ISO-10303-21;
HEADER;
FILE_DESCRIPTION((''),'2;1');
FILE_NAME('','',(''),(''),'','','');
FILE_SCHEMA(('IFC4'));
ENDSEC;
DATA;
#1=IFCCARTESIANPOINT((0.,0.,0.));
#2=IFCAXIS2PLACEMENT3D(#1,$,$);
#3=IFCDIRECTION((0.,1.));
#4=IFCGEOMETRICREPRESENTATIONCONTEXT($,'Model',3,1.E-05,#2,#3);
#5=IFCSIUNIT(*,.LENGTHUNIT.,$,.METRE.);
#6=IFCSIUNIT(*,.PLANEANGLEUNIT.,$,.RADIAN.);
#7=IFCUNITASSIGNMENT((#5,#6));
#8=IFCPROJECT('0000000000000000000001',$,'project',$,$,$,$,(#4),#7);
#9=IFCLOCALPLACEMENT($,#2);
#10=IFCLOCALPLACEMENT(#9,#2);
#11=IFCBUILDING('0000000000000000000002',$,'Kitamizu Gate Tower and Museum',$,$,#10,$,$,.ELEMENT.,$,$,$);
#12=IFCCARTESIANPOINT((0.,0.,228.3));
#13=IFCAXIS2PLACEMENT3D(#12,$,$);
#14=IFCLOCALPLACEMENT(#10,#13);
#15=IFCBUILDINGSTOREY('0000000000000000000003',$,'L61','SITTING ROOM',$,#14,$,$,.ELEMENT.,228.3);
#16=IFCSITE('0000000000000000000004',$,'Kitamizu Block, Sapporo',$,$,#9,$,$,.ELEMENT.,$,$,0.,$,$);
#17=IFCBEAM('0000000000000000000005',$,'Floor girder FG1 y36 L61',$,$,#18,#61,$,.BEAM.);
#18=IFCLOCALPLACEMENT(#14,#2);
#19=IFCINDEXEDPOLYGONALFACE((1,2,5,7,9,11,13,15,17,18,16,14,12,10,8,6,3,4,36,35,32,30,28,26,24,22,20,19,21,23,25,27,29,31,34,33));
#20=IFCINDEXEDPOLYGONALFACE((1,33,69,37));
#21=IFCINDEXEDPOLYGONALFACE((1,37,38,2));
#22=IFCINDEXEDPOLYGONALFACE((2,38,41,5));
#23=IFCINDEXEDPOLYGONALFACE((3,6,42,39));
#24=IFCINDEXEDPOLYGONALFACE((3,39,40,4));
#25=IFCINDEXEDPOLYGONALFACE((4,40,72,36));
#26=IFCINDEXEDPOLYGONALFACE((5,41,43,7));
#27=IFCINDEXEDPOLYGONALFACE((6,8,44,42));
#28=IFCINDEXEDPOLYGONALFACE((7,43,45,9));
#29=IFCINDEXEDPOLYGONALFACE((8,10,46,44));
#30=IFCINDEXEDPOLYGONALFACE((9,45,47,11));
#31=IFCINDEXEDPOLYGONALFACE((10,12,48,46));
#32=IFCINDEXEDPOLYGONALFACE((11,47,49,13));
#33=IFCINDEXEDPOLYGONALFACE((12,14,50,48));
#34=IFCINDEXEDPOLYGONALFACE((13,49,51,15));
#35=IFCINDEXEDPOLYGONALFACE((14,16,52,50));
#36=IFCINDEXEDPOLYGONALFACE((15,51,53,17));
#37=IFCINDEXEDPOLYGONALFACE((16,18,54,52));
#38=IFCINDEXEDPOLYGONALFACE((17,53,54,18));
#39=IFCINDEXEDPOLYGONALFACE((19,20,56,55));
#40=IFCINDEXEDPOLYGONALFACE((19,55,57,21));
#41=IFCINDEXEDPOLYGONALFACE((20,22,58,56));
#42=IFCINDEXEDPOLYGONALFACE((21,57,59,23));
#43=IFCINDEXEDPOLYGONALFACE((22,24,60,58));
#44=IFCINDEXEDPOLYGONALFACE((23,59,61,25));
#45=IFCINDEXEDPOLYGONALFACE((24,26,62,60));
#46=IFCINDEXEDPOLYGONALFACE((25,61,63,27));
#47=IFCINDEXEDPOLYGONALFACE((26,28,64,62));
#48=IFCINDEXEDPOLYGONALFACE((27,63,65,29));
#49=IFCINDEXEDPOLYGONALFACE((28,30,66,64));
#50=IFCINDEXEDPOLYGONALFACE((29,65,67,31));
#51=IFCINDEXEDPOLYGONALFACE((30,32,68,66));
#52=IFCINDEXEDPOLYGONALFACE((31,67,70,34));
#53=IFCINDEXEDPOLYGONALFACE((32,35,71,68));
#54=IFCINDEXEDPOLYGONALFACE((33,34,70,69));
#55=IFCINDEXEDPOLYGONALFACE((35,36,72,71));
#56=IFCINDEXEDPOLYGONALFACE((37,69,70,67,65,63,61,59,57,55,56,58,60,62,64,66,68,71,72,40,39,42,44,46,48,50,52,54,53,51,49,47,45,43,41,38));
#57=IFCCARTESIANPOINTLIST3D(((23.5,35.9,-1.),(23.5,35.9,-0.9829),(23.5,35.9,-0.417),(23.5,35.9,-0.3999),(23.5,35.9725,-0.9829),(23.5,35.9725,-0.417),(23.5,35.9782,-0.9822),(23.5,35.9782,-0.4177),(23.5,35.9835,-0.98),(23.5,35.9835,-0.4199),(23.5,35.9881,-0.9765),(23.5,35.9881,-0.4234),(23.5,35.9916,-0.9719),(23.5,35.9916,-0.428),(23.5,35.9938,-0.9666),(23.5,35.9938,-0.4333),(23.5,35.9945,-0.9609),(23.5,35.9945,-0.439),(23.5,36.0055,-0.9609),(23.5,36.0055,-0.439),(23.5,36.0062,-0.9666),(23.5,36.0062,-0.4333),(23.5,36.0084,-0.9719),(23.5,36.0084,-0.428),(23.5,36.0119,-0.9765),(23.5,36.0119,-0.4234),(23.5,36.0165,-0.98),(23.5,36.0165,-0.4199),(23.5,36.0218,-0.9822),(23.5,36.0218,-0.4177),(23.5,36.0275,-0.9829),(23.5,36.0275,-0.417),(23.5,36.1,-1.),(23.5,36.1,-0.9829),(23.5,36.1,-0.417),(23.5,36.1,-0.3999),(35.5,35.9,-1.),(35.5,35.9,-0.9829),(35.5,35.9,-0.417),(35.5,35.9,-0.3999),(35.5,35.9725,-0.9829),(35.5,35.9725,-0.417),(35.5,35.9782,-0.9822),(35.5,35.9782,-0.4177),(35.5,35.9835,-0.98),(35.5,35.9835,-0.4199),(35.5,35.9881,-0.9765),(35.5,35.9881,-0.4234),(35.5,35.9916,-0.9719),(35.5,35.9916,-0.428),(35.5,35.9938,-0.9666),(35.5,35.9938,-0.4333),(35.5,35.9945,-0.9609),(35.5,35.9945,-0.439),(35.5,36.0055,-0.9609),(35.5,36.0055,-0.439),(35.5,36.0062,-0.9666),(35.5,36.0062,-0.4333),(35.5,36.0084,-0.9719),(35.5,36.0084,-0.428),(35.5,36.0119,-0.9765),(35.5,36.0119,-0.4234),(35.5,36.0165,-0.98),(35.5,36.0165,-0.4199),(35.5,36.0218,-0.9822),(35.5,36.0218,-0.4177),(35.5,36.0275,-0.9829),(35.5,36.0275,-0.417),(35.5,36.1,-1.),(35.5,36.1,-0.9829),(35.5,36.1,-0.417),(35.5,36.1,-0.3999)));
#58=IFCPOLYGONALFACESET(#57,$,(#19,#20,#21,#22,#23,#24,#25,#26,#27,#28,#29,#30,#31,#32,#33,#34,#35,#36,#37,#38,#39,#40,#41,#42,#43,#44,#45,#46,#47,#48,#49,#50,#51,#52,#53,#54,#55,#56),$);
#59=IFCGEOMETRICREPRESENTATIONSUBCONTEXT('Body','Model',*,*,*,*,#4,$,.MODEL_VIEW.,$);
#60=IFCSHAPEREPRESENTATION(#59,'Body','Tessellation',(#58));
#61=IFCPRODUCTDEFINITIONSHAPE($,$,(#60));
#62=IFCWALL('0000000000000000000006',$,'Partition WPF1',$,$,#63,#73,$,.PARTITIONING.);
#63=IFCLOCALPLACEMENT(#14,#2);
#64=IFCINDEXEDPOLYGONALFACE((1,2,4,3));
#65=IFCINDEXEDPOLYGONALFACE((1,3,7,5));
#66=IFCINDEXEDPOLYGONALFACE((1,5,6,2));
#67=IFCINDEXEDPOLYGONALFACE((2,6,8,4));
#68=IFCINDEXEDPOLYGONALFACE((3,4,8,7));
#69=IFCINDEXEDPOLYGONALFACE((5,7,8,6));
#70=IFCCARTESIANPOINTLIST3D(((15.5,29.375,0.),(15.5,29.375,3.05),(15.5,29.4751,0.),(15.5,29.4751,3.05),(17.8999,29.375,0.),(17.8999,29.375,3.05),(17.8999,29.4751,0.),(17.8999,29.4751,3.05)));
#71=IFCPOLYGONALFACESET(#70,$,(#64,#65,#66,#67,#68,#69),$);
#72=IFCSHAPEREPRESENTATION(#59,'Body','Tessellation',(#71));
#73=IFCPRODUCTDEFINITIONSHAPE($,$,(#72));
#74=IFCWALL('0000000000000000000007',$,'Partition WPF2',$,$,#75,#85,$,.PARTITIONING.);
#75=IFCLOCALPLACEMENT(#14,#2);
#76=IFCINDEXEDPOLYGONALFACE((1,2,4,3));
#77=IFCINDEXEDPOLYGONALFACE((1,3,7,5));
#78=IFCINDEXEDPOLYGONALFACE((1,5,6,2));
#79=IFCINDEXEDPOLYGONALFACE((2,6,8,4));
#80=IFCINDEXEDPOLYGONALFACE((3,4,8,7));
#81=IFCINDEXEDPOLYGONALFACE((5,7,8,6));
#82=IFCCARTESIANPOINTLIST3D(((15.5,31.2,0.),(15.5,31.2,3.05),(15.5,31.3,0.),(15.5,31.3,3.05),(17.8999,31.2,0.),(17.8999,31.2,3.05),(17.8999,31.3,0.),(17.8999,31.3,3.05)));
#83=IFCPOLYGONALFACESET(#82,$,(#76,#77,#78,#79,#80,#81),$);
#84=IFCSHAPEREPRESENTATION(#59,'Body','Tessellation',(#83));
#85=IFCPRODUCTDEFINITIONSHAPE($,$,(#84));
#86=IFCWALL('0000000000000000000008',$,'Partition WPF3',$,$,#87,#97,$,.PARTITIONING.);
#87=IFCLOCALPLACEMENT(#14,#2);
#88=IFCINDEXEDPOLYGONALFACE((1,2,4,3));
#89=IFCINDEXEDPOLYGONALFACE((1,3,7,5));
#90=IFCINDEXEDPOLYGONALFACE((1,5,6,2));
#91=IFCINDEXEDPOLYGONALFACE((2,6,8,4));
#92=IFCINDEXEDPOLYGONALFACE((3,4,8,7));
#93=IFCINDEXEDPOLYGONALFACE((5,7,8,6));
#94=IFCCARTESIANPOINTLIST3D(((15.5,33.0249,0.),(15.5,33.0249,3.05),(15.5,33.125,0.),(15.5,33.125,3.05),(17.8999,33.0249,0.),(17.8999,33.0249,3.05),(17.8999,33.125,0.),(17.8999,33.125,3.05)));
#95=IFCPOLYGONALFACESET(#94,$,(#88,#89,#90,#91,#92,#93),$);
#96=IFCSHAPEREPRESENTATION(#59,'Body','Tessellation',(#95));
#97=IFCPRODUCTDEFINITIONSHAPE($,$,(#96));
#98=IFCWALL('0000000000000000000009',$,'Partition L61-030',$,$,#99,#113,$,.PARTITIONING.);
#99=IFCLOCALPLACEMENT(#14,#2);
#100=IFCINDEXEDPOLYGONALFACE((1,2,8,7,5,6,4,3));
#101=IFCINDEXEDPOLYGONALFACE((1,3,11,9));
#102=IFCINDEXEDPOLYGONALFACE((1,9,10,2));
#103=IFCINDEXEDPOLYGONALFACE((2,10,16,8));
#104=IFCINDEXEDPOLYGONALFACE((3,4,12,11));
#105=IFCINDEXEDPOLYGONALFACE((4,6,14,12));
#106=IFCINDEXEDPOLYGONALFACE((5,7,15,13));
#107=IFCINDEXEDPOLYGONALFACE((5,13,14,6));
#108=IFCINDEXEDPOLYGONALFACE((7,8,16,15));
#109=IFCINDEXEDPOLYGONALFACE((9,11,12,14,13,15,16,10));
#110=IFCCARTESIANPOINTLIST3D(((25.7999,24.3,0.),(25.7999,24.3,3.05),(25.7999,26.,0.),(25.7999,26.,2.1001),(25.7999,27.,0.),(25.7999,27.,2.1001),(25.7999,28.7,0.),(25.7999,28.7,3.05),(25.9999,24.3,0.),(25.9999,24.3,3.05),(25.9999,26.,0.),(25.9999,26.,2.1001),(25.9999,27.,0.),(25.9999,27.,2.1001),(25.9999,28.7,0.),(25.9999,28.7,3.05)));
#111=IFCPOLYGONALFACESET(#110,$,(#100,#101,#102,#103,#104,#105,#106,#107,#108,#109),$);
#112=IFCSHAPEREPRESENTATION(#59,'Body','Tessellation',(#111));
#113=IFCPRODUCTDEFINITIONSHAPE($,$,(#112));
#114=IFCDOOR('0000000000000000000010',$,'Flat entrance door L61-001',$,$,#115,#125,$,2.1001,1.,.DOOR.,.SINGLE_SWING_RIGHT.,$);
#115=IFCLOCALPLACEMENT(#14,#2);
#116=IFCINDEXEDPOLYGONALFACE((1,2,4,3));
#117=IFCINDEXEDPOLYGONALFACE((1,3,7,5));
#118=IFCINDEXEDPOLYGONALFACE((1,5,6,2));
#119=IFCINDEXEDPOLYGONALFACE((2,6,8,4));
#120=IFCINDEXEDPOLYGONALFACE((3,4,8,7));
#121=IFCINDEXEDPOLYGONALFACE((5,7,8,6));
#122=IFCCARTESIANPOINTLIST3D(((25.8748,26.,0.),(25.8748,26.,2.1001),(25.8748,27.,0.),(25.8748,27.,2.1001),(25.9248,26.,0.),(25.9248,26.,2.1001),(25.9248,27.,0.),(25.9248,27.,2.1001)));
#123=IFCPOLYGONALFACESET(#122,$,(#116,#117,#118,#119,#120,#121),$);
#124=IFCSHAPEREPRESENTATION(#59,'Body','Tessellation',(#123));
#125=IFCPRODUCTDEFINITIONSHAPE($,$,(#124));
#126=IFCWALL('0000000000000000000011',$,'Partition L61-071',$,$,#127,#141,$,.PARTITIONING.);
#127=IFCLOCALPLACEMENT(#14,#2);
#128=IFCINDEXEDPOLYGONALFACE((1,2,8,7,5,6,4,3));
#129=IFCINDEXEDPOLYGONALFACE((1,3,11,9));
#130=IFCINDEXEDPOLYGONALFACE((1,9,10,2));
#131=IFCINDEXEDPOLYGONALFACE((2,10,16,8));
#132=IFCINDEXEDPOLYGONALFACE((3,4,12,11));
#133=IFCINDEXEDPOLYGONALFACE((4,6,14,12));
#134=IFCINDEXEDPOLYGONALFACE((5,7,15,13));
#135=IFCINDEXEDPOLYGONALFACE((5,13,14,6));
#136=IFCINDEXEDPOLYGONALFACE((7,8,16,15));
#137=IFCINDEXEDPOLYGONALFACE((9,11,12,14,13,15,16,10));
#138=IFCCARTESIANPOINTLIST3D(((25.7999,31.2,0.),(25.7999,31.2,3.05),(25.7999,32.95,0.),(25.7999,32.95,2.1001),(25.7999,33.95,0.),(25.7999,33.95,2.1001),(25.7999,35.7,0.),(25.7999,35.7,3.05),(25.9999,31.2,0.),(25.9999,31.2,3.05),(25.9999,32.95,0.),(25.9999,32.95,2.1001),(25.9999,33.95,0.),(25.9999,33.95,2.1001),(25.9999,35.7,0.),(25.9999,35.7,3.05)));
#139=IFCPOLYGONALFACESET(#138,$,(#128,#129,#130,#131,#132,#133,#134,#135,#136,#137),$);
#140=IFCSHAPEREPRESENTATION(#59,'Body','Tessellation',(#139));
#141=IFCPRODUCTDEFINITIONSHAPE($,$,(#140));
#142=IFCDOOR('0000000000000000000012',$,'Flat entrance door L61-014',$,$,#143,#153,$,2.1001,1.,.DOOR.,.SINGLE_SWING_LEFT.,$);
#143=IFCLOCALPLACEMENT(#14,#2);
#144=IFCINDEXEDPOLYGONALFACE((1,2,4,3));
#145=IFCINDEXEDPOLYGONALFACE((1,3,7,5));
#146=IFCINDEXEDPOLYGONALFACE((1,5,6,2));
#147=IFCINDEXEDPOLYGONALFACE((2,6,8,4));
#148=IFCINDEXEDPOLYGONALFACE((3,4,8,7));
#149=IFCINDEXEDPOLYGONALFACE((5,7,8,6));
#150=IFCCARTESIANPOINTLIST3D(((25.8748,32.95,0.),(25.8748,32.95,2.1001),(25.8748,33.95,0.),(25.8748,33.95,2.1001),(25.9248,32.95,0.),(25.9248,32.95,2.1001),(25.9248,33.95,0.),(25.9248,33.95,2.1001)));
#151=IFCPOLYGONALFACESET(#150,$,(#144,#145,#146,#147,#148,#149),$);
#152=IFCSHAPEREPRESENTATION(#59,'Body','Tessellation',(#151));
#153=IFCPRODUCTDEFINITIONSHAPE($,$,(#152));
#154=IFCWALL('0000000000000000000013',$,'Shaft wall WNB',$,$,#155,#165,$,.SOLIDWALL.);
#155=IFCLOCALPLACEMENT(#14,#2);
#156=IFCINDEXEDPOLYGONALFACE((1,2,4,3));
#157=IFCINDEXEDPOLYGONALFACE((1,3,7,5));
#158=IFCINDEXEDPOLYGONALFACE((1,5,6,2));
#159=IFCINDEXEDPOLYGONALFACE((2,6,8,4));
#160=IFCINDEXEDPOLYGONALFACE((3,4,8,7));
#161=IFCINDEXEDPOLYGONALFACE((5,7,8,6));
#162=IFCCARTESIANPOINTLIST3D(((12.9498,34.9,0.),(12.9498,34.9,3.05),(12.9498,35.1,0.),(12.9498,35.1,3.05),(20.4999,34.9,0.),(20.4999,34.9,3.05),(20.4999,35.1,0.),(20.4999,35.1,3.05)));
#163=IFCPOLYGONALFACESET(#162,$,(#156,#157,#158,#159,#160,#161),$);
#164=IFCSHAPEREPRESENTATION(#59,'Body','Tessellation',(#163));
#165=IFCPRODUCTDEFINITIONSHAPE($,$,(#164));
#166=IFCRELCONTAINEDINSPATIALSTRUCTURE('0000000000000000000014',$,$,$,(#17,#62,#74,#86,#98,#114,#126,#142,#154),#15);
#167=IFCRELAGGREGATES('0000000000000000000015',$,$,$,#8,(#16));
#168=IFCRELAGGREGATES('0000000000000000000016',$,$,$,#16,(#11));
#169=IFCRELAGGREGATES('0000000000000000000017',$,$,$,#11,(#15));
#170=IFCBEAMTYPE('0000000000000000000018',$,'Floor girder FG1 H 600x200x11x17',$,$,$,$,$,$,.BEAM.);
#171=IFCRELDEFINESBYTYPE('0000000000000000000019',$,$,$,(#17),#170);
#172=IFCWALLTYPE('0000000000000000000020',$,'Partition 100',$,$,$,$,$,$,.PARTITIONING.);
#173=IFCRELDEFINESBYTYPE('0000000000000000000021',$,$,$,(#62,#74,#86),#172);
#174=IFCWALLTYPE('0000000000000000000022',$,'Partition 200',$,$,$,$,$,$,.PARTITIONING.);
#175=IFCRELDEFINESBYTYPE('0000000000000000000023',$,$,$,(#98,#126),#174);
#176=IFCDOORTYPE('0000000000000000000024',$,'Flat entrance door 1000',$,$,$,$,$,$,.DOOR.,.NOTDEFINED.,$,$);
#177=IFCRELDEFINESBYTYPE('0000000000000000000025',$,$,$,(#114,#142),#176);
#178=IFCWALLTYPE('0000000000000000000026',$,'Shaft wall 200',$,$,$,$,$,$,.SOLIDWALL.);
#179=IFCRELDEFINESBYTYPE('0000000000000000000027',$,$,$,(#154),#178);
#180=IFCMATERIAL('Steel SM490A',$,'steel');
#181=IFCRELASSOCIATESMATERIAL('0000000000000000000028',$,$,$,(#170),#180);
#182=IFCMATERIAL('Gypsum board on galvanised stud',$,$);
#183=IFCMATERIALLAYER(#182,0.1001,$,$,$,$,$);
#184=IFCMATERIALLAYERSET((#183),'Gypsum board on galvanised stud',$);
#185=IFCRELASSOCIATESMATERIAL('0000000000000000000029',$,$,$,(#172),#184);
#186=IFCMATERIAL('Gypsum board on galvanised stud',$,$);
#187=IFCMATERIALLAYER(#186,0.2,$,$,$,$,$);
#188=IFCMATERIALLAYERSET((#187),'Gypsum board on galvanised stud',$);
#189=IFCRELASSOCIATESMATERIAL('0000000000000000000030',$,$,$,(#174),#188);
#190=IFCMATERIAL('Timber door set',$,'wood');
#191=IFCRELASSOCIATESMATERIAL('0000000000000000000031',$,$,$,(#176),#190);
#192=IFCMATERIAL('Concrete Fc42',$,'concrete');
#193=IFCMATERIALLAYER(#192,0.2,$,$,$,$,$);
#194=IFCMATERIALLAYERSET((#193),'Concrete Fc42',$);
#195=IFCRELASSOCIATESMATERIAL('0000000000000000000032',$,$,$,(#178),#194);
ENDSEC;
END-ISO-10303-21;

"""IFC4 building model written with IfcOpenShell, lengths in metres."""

from ifc_helpers import new_model, si_unit, direction, frame, frame_2d, origin, origin_2d, place, context, subcontext, project, spatial, rectangle, i_section, extrude, material, layer, layer_set, material_profile, profile_set, type_object, element, fill, save


model = new_model("IFC4")

# Units and contexts
model_context = context("Model", 3, precision=1e-05, world=origin(), true_north=direction((0.0, 1.0)))
body_context = subcontext(model_context, "Body", "Model", "MODEL_VIEW")
ifc_project = project(units=[si_unit("LENGTHUNIT", "METRE"), si_unit("PLANEANGLEUNIT", "RADIAN")], contexts=[model_context])

# Site, building, storey
site_placement = place(None, origin())
site = spatial("IfcSite", under=ifc_project, at=site_placement, Name="Kitamizu Block, Sapporo", CompositionType="ELEMENT", RefElevation=0.0)
building_placement = place(site_placement, origin())
building = spatial("IfcBuilding", under=site, at=building_placement, Name="Kitamizu Gate Tower and Museum", CompositionType="ELEMENT")
storey_placement = place(building_placement, frame((0.0, 0.0, 228.3)))
storey = spatial("IfcBuildingStorey", under=building, at=storey_placement, Name="L61", Description="SITTING ROOM", CompositionType="ELEMENT", Elevation=228.3)

# Beam
ifc_material_1 = material(Name="Steel SM490A", Category="steel")
ifc_material_profile = material_profile(ifc_material_1, i_section(OverallWidth=0.2, OverallDepth=0.6001, WebThickness=0.011, FlangeThickness=0.0171, FilletRadius=0.022, at=origin_2d()), Name="H-600x200x11x17")
ifc_profile_set = profile_set([ifc_material_profile], Name="Steel SM490A")
beam_type = type_object("IfcBeamType", Name="Floor girder FG1 H 600x200x11x17", PredefinedType="BEAM", material=ifc_profile_set)
beam_placement = place(storey_placement, frame((23.5, 36.0, -0.7), z_axis=(1.0, 0.0, 0.0), x_axis=(0.0, 1.0, 0.0)))
element("IfcBeam", 1, at=beam_placement, inside=storey, type_object=beam_type, Name="Floor girder FG1 y36 L61", PredefinedType="BEAM", context=body_context, shape_type="SweptSolid", body=[
    extrude(i_section(OverallWidth=0.2, OverallDepth=0.6001, WebThickness=0.011, FlangeThickness=0.0171, FilletRadius=0.022, at=origin_2d()), origin(), (0.0, 0.0, 1.0), 12.0),
])

# Walls
ifc_material_2 = material(Name="Gypsum board on galvanised stud")
ifc_layer_1 = layer(ifc_material_2, 0.1001)
ifc_layer_set_1 = layer_set([ifc_layer_1], Name="Gypsum board on galvanised stud")
wall_type_1 = type_object("IfcWallType", Name="Partition 100", PredefinedType="PARTITIONING", material=ifc_layer_set_1)
for number, where, z_axis, x_axis, name in (
    (2, (15.5, 29.425, 0.0), (0.0, 0.0, 1.0), (1.0, 0.0, 0.0), "Partition WPF1"),
    (3, (15.5, 31.25, 0.0), (0.0, 0.0, 1.0), (1.0, 0.0, 0.0), "Partition WPF2"),
    (4, (15.5, 33.075, 0.0), (0.0, 0.0, 1.0), (1.0, 0.0, 0.0), "Partition WPF3"),
):
    element("IfcWall", number, at=place(storey_placement, frame(where, z_axis=z_axis, x_axis=x_axis)), inside=storey, type_object=wall_type_1, Name=name, PredefinedType="PARTITIONING", context=body_context, shape_type="SweptSolid", body=[
        extrude(rectangle(XDim=2.3999, YDim=0.1001, at=frame_2d((1.2, 0.0))), origin(), (0.0, 0.0, 1.0), 3.05),
    ])

# Walls, openings, doors
ifc_material_3 = material(Name="Gypsum board on galvanised stud")
ifc_layer_2 = layer(ifc_material_3, 0.2)
ifc_layer_set_2 = layer_set([ifc_layer_2], Name="Gypsum board on galvanised stud")
wall_type_2 = type_object("IfcWallType", Name="Partition 200", PredefinedType="PARTITIONING", material=ifc_layer_set_2)
wall_1_placement = place(storey_placement, frame((25.8999, 28.7, 0.0), z_axis=(0.0, 0.0, 1.0), x_axis=(0.0, -1.0, 0.0)))
wall_1 = element("IfcWall", 5, at=wall_1_placement, inside=storey, type_object=wall_type_2, Name="Partition L61-030", PredefinedType="PARTITIONING", context=body_context, shape_type="SweptSolid", body=[
    extrude(rectangle(XDim=4.3999, YDim=0.2, at=frame_2d((2.2, 0.0))), origin(), (0.0, 0.0, 1.0), 3.05),
])
opening_1_placement = place(wall_1_placement, frame((1.7, 0.0, 0.0)))
opening_1 = element("IfcOpeningElement", 6, at=opening_1_placement, cuts=wall_1, PredefinedType="OPENING", context=body_context, shape_type="SweptSolid", body=[
    extrude(rectangle(XDim=1.0, YDim=2.1001, at=frame_2d((0.5, 1.05))), frame((0.0, 0.1099, 0.0), z_axis=(0.0, -1.0, 0.0), x_axis=(1.0, 0.0, 0.0)), (0.0, 0.0, 1.0), 0.22),
])
ifc_material_4 = material(Name="Timber door set", Category="wood")
door_type_1 = type_object("IfcDoorType", Name="Flat entrance door 1000", OperationType="NOTDEFINED", PredefinedType="DOOR", material=ifc_material_4)
door_1_placement = place(opening_1_placement, origin())
door_1 = element("IfcDoor", 7, at=door_1_placement, inside=storey, type_object=door_type_1, Name="Flat entrance door L61-001", OperationType="SINGLE_SWING_RIGHT", OverallHeight=2.1001, OverallWidth=1.0, PredefinedType="DOOR", context=body_context, shape_type="SweptSolid", body=[
    extrude(rectangle(XDim=1.0, YDim=2.1001, at=frame_2d((0.5, 1.05))), frame((0.0, 0.0249, 0.0), z_axis=(0.0, -1.0, 0.0), x_axis=(1.0, 0.0, 0.0)), (0.0, 0.0, 1.0), 0.05),
])
fill(opening_1, door_1)
wall_2_placement = place(storey_placement, frame((25.8999, 35.7, 0.0), z_axis=(0.0, 0.0, 1.0), x_axis=(0.0, -1.0, 0.0)))
wall_2 = element("IfcWall", 8, at=wall_2_placement, inside=storey, type_object=wall_type_2, Name="Partition L61-071", PredefinedType="PARTITIONING", context=body_context, shape_type="SweptSolid", body=[
    extrude(rectangle(XDim=4.5, YDim=0.2, at=frame_2d((2.25, 0.0))), origin(), (0.0, 0.0, 1.0), 3.05),
])
opening_2_placement = place(wall_2_placement, frame((1.75, 0.0, 0.0)))
opening_2 = element("IfcOpeningElement", 9, at=opening_2_placement, cuts=wall_2, PredefinedType="OPENING", context=body_context, shape_type="SweptSolid", body=[
    extrude(rectangle(XDim=1.0, YDim=2.1001, at=frame_2d((0.5, 1.05))), frame((0.0, 0.1099, 0.0), z_axis=(0.0, -1.0, 0.0), x_axis=(1.0, 0.0, 0.0)), (0.0, 0.0, 1.0), 0.22),
])
door_2_placement = place(opening_2_placement, origin())
door_2 = element("IfcDoor", 10, at=door_2_placement, inside=storey, type_object=door_type_1, Name="Flat entrance door L61-014", OperationType="SINGLE_SWING_LEFT", OverallHeight=2.1001, OverallWidth=1.0, PredefinedType="DOOR", context=body_context, shape_type="SweptSolid", body=[
    extrude(rectangle(XDim=1.0, YDim=2.1001, at=frame_2d((0.5, 1.05))), frame((0.0, 0.0249, 0.0), z_axis=(0.0, -1.0, 0.0), x_axis=(1.0, 0.0, 0.0)), (0.0, 0.0, 1.0), 0.05),
])
fill(opening_2, door_2)

# Wall
ifc_material_5 = material(Name="Concrete Fc42", Category="concrete")
ifc_layer_3 = layer(ifc_material_5, 0.2)
ifc_layer_set_3 = layer_set([ifc_layer_3], Name="Concrete Fc42")
wall_type_3 = type_object("IfcWallType", Name="Shaft wall 200", PredefinedType="SOLIDWALL", material=ifc_layer_set_3)
wall_3_placement = place(storey_placement, frame((12.95, 35.0, 0.0), z_axis=(0.0, 0.0, 1.0), x_axis=(1.0, 0.0, 0.0)))
element("IfcWall", 11, at=wall_3_placement, inside=storey, type_object=wall_type_3, Name="Shaft wall WNB", PredefinedType="SOLIDWALL", context=body_context, shape_type="SweptSolid", body=[
    extrude(rectangle(XDim=7.55, YDim=0.2, at=frame_2d((3.7749, 0.0))), origin(), (0.0, 0.0, 1.0), 3.05),
])

save(model, "model.ifc")
